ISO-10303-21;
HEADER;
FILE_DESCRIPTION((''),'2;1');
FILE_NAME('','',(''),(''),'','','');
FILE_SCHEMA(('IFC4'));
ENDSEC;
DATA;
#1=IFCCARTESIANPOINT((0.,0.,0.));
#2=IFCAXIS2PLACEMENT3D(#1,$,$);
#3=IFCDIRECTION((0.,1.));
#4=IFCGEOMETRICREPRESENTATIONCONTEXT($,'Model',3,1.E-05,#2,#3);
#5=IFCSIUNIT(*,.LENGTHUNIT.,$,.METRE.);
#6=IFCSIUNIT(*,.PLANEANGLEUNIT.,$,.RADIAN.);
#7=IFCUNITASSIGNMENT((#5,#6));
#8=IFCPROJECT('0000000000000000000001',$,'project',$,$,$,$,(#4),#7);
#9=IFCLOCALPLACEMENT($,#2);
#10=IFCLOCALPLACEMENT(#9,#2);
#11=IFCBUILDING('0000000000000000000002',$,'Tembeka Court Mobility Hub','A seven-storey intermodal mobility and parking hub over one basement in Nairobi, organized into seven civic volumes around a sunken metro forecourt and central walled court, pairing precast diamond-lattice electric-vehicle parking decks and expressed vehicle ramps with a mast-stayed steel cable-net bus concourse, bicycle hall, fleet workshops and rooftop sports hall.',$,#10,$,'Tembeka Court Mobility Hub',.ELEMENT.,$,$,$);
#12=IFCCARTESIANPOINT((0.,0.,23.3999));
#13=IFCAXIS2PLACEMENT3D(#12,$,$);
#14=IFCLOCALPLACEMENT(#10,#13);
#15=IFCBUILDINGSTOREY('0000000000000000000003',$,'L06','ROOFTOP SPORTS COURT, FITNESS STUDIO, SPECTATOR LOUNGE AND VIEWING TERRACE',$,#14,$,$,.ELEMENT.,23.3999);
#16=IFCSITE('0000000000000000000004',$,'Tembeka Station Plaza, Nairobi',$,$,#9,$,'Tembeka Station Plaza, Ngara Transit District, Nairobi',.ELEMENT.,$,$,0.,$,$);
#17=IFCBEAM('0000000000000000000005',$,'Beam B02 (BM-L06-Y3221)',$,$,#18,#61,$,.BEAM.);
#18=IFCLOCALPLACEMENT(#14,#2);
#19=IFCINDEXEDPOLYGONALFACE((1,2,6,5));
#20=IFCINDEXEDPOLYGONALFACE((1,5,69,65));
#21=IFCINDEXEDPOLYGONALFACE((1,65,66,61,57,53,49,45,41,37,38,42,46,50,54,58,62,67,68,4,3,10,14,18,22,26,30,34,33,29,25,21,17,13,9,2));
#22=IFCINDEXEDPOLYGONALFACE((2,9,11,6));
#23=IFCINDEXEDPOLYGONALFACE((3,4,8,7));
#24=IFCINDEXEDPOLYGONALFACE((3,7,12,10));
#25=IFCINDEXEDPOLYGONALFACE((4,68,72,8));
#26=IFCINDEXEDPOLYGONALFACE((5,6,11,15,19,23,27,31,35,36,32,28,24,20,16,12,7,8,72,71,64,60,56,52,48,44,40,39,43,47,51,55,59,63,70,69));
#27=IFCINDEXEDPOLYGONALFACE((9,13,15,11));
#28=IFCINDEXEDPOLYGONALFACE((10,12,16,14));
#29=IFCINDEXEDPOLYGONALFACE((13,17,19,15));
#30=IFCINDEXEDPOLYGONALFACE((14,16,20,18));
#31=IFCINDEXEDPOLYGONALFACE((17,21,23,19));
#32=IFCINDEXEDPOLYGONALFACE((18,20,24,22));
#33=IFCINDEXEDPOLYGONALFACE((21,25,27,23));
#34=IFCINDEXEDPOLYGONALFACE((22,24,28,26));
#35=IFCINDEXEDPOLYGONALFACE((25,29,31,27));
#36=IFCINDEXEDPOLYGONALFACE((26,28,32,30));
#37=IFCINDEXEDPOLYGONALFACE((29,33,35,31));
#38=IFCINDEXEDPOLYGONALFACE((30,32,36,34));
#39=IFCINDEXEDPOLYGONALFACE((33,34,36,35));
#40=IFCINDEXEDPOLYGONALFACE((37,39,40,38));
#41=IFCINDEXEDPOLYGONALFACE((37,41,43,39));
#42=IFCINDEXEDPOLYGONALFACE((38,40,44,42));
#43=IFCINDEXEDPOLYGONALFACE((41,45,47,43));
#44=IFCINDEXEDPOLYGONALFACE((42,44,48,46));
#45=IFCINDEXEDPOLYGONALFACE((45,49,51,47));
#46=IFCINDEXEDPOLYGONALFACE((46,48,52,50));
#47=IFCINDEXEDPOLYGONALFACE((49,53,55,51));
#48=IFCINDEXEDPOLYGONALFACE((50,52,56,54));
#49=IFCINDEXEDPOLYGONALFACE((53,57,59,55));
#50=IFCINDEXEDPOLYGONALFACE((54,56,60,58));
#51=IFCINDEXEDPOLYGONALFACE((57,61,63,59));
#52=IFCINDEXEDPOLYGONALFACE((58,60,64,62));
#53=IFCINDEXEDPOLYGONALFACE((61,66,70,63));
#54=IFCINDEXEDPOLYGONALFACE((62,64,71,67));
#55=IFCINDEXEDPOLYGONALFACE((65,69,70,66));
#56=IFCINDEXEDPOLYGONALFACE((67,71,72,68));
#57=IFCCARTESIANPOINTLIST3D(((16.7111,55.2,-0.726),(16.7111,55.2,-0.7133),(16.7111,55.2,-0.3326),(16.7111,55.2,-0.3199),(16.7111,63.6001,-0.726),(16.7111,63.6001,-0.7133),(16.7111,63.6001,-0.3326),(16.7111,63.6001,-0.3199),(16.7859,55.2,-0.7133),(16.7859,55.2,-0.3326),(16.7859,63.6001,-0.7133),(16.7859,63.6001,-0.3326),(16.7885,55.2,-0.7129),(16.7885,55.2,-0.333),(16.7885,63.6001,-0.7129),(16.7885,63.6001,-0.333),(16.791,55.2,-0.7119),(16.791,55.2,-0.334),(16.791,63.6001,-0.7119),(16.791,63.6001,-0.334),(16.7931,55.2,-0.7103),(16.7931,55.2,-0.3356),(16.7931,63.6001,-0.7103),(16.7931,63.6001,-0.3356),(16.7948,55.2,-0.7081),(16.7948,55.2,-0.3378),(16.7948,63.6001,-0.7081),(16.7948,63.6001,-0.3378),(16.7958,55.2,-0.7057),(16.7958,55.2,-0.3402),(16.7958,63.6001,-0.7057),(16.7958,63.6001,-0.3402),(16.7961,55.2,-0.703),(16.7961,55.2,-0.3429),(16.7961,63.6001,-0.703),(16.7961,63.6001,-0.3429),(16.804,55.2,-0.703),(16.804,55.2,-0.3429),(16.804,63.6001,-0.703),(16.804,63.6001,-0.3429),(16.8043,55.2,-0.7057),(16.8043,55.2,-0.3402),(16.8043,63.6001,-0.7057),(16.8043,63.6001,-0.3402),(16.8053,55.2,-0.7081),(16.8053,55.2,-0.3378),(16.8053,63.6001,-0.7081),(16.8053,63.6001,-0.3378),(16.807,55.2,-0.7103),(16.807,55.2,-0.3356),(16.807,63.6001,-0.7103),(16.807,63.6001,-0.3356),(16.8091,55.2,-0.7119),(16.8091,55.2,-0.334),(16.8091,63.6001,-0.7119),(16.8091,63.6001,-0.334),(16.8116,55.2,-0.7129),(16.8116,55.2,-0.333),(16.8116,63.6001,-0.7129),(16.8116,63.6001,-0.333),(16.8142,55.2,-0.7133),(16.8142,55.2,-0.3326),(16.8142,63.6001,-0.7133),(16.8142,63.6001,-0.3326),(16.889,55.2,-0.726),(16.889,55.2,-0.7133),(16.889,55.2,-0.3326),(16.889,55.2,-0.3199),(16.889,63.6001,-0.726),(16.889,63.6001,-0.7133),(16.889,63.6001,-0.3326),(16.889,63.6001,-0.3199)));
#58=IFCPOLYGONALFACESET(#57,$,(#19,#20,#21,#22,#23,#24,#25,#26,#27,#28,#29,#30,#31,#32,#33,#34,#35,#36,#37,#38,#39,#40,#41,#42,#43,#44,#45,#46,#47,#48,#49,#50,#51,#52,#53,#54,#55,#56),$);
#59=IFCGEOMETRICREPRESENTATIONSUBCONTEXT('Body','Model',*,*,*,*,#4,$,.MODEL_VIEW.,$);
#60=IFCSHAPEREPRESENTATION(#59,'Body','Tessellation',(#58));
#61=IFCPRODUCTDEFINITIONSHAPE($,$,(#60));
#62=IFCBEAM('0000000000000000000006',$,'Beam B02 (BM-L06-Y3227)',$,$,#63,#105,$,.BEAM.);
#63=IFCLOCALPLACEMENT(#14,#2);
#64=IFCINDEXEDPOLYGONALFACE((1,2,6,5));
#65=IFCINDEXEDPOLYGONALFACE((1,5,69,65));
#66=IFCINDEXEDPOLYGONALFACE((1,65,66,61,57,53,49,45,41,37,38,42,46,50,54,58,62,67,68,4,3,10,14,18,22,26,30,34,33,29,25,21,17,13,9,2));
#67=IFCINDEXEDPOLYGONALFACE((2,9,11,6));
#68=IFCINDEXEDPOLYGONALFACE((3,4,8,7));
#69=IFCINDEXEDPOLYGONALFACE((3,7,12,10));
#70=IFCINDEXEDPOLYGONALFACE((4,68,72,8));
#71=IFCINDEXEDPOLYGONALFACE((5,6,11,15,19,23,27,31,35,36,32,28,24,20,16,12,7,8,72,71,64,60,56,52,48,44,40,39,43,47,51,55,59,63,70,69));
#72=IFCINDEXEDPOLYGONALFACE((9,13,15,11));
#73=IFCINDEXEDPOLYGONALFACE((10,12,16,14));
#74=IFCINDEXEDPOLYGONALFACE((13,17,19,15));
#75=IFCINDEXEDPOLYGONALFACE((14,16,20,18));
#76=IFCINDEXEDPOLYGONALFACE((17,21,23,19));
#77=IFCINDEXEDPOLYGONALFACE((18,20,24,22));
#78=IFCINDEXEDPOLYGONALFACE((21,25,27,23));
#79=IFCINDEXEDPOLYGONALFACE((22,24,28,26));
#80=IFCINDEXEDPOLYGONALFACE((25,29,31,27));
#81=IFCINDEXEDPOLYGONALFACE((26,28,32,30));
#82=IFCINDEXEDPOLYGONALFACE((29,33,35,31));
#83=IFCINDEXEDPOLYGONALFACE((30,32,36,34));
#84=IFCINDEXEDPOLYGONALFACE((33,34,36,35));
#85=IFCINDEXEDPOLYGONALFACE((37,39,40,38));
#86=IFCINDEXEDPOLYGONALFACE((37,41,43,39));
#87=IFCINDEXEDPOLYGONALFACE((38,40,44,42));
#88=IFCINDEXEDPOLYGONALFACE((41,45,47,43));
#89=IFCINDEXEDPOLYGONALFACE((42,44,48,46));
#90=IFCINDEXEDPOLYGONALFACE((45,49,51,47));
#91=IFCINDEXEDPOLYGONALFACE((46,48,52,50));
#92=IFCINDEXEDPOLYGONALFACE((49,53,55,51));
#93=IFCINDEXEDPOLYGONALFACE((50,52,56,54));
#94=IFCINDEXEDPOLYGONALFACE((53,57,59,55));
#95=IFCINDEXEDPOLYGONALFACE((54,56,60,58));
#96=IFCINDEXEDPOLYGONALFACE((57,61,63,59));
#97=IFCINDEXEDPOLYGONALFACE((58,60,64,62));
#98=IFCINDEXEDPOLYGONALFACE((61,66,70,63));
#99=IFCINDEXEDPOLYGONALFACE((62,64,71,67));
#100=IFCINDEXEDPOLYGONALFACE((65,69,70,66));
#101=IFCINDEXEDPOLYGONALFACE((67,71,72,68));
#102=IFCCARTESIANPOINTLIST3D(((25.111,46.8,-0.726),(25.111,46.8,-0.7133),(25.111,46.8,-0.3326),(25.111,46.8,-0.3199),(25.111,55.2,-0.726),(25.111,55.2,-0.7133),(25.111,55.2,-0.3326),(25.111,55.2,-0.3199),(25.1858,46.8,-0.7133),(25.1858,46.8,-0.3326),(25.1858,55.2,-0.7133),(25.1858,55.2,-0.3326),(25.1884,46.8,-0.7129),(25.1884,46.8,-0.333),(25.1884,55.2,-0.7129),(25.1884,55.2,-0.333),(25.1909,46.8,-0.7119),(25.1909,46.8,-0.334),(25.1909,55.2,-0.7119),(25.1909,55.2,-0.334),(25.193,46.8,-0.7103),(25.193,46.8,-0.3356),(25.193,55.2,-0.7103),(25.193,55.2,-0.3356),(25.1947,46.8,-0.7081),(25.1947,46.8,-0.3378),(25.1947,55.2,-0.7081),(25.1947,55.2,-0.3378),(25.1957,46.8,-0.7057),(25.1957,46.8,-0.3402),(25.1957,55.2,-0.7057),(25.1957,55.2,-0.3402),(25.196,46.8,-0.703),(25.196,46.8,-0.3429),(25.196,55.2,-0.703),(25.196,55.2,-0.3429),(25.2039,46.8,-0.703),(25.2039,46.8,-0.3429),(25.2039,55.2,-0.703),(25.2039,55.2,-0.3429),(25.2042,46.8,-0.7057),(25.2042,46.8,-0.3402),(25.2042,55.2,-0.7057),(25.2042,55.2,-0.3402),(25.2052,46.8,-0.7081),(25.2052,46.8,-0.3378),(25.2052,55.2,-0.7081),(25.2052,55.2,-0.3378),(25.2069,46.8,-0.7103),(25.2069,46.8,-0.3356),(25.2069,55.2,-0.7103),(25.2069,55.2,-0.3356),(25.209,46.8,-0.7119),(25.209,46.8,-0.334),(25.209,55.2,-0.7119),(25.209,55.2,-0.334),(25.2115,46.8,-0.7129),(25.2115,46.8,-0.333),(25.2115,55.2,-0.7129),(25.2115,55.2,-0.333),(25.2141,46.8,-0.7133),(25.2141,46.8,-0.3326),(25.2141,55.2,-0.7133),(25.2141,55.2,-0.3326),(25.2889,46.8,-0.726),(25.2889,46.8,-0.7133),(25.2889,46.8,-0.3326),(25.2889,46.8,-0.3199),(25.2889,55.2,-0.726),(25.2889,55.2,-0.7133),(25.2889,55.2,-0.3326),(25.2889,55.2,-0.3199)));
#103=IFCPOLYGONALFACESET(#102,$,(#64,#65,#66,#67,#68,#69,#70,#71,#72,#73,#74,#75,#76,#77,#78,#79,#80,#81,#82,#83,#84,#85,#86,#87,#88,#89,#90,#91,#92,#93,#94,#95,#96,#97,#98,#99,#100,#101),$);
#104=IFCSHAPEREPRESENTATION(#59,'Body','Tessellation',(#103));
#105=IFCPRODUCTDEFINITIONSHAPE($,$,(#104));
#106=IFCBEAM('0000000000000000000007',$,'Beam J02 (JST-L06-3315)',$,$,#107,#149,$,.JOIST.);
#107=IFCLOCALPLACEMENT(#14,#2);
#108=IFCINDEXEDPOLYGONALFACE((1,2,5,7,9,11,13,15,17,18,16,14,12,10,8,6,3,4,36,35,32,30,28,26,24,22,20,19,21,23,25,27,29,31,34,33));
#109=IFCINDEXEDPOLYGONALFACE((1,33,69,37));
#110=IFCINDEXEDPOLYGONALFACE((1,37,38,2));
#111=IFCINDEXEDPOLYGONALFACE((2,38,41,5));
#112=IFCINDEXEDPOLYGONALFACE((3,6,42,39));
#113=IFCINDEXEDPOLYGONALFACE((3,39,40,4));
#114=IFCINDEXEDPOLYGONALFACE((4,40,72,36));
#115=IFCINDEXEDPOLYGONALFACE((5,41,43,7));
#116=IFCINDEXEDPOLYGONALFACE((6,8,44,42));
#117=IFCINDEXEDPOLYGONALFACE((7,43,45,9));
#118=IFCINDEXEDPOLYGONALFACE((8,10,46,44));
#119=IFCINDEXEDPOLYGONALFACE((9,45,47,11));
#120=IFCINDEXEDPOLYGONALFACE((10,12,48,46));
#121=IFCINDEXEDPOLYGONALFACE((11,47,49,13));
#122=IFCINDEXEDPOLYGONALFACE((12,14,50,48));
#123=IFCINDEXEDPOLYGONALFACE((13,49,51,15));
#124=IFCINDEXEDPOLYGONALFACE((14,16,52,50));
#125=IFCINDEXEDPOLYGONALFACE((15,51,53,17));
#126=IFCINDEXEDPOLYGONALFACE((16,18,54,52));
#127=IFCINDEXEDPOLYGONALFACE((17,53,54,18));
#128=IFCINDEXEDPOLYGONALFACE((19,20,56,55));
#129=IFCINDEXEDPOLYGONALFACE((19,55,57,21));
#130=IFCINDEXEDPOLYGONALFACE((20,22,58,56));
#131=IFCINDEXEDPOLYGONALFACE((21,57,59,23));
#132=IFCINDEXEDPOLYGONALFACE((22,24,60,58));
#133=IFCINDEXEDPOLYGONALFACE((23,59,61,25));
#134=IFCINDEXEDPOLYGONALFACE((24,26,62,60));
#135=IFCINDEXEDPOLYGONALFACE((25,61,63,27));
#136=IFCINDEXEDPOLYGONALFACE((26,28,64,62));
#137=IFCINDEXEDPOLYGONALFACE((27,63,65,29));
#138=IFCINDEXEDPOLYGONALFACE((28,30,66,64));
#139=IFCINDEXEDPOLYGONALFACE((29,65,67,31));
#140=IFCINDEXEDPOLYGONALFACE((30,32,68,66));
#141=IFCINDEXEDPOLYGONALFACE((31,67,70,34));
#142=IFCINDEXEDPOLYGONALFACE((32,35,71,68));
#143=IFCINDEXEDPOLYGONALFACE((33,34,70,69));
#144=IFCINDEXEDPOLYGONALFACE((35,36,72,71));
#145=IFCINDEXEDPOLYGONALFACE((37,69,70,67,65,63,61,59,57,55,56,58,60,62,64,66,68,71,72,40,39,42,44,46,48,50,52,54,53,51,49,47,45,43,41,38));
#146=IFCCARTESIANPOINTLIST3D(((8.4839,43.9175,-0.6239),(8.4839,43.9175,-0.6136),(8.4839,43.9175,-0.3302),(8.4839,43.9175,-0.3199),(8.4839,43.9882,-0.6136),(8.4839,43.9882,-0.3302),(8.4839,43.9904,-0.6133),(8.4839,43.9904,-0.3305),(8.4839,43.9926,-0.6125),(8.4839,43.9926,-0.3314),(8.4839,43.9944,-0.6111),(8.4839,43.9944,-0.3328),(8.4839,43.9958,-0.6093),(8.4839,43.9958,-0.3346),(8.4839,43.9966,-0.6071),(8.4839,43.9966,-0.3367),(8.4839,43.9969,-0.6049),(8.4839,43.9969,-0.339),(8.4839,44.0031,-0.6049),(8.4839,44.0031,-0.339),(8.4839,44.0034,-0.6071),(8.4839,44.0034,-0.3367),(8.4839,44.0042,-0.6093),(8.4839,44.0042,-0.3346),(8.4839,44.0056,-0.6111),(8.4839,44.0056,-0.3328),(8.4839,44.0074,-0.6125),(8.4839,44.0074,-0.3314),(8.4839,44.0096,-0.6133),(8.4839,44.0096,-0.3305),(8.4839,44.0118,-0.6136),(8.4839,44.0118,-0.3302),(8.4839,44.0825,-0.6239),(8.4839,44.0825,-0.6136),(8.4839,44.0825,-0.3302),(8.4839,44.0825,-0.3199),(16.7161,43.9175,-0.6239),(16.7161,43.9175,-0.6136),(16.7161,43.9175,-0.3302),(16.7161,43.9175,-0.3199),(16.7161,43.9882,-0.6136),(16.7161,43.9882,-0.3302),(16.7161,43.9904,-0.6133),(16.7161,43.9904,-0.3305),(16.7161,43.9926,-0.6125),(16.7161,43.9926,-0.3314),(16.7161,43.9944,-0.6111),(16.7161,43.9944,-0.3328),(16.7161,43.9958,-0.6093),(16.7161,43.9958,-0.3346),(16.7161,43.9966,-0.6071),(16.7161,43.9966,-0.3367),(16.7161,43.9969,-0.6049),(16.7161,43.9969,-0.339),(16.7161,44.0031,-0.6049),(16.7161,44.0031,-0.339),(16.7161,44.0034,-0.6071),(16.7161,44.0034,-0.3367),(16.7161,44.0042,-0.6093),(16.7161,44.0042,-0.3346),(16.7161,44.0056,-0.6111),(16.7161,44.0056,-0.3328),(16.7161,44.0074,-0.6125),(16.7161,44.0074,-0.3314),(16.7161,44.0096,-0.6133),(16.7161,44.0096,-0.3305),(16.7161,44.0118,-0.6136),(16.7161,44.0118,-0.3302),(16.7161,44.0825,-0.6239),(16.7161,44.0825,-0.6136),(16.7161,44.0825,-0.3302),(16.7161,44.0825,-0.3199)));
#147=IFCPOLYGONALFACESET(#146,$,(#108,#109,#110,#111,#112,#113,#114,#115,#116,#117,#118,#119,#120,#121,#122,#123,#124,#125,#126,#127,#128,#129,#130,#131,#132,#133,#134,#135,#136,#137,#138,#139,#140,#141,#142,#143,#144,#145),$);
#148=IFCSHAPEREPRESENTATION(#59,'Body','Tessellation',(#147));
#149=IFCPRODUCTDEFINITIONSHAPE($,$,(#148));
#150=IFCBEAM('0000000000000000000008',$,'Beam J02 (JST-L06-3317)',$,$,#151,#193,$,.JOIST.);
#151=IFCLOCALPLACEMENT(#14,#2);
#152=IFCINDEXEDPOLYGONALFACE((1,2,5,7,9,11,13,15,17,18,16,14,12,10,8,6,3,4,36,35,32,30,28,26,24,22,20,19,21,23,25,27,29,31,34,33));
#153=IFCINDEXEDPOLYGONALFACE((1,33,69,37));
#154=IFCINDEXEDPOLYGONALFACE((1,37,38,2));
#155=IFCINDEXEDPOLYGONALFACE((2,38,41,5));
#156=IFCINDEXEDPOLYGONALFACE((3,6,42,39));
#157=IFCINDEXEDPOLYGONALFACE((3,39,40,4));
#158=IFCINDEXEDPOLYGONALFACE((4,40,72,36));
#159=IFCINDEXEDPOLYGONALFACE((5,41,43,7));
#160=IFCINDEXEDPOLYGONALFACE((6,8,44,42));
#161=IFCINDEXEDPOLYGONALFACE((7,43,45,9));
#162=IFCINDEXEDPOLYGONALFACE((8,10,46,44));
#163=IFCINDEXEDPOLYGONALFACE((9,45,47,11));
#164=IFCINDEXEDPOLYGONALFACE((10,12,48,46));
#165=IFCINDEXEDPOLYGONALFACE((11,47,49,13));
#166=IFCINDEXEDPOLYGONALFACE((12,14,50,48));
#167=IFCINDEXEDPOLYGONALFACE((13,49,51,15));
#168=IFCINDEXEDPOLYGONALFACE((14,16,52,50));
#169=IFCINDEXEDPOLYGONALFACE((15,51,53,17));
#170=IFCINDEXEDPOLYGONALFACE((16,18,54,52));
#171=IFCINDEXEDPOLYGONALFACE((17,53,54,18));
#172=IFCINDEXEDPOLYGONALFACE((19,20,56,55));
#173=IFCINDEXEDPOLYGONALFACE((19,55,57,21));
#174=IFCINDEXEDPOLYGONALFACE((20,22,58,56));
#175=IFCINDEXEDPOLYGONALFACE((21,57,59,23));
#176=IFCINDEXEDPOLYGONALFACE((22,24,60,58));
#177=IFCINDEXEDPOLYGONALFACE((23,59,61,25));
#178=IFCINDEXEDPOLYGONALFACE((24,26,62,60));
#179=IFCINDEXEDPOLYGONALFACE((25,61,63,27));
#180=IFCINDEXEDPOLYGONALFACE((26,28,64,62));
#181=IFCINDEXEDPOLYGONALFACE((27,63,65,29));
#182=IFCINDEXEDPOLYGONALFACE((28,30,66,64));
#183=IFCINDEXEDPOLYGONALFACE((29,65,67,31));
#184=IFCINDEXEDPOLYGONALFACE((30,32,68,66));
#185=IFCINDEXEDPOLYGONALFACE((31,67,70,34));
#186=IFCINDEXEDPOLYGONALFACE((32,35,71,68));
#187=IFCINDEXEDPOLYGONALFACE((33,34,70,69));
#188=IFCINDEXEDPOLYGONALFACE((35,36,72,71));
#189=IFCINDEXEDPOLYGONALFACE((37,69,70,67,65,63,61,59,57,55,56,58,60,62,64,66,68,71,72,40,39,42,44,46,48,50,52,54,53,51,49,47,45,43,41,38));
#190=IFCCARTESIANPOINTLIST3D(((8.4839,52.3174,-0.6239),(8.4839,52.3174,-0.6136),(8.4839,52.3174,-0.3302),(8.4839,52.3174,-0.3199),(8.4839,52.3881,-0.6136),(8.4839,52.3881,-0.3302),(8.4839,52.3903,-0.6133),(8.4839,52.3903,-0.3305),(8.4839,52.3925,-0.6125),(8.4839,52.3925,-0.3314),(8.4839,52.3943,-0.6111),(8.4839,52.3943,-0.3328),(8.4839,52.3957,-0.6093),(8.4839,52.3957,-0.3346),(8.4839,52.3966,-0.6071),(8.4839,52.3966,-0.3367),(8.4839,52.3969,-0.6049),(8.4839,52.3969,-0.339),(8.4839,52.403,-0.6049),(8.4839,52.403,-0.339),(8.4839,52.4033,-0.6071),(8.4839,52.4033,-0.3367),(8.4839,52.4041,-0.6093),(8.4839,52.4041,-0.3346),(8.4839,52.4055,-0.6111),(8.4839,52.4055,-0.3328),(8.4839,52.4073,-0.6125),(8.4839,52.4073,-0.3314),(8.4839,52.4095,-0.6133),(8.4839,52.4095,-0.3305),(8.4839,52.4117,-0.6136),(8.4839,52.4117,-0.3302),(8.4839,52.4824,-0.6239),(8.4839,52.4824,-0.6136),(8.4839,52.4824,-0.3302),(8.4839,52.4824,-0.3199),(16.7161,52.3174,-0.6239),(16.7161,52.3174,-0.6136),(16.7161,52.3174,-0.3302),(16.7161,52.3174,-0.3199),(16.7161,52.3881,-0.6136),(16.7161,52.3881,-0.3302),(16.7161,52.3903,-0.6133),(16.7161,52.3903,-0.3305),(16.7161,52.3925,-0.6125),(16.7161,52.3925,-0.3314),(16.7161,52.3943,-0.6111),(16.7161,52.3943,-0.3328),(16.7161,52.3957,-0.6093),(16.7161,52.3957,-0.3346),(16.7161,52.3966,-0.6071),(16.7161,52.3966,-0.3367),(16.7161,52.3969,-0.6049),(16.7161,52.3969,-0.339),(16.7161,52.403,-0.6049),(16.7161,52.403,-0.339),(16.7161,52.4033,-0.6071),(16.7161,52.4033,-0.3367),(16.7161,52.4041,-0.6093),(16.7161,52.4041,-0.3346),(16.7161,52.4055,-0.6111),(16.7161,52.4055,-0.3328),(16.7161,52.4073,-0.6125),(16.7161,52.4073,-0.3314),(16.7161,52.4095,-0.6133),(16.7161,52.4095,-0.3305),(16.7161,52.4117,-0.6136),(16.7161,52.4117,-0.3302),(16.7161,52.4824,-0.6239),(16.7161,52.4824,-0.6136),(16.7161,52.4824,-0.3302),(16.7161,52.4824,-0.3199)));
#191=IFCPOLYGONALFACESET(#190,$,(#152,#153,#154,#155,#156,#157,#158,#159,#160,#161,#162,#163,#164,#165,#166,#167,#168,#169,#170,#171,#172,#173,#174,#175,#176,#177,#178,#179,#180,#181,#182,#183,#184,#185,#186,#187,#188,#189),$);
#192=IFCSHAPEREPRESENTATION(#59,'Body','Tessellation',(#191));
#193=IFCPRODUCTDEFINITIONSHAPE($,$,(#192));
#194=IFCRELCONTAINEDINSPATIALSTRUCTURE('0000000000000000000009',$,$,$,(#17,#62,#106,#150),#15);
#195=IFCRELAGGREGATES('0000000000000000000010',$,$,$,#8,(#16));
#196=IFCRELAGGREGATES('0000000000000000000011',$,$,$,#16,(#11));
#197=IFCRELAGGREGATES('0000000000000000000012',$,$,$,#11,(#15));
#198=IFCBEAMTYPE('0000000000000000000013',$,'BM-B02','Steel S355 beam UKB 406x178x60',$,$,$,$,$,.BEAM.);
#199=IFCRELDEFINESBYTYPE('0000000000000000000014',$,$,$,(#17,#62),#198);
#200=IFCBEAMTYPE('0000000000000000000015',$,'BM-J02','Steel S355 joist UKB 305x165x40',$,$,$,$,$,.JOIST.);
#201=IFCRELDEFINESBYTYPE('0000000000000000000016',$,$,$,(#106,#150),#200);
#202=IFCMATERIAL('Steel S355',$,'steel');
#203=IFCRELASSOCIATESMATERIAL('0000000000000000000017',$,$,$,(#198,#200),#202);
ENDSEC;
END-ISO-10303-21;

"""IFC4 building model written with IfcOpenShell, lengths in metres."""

from ifc_helpers import new_model, si_unit, direction, frame, origin, origin_2d, place, context, subcontext, project, spatial, i_section, extrude, material, material_profile, profile_set, type_object, element, save


model = new_model("IFC4")

# Units and contexts
model_context = context("Model", 3, precision=1e-05, world=origin(), true_north=direction((0.0, 1.0)))
body_context = subcontext(model_context, "Body", "Model", "MODEL_VIEW")
ifc_project = project(units=[si_unit("LENGTHUNIT", "METRE"), si_unit("PLANEANGLEUNIT", "RADIAN")], contexts=[model_context])

# Site, building, storey
site_placement = place(None, origin())
site = spatial("IfcSite", under=ifc_project, at=site_placement, Name="Tembeka Station Plaza, Nairobi", LongName="Tembeka Station Plaza, Ngara Transit District, Nairobi", CompositionType="ELEMENT", RefElevation=0.0)
building_placement = place(site_placement, origin())
building = spatial("IfcBuilding", under=site, at=building_placement, Name="Tembeka Court Mobility Hub", Description="A seven-storey intermodal mobility and parking hub over one basement in Nairobi, organized into seven civic volumes around a sunken metro forecourt and central walled court, pairing precast diamond-lattice electric-vehicle parking decks and expressed vehicle ramps with a mast-stayed steel cable-net bus concourse, bicycle hall, fleet workshops and rooftop sports hall.", LongName="Tembeka Court Mobility Hub", CompositionType="ELEMENT")
storey_placement = place(building_placement, frame((0.0, 0.0, 23.3999)))
storey = spatial("IfcBuildingStorey", under=building, at=storey_placement, Name="L06", Description="ROOFTOP SPORTS COURT, FITNESS STUDIO, SPECTATOR LOUNGE AND VIEWING TERRACE", CompositionType="ELEMENT", Elevation=23.3999)

# Shared definitions
ifc_material = material(Name="Steel S355", Category="steel")

# Beams
ifc_material_profile_1 = material_profile(ifc_material, i_section(OverallWidth=0.178, OverallDepth=0.406, WebThickness=0.0078, FlangeThickness=0.0127, FilletRadius=0.0103, at=origin_2d()), Name="UKB 406x178x60")
ifc_profile_set_1 = profile_set([ifc_material_profile_1], Name="Steel S355")
beam_type_1 = type_object("IfcBeamType", Name="BM-B02", Description="Steel S355 beam UKB 406x178x60", PredefinedType="BEAM", material=ifc_profile_set_1)
beam_1_placement = place(storey_placement, frame((16.8, 55.2, -0.5229), z_axis=(0.0, 1.0, 0.0), x_axis=(-1.0, 0.0, 0.0)))
element("IfcBeam", 1, at=beam_1_placement, inside=storey, type_object=beam_type_1, Name="Beam B02 (BM-L06-Y3221)", PredefinedType="BEAM", context=body_context, shape_type="SweptSolid", body=[
    extrude(i_section(OverallWidth=0.178, OverallDepth=0.406, WebThickness=0.0078, FlangeThickness=0.0127, FilletRadius=0.0103, at=origin_2d()), origin(), (0.0, 0.0, 1.0), 8.4001),
])
beam_2_placement = place(storey_placement, frame((25.2, 46.8, -0.5229), z_axis=(0.0, 1.0, 0.0), x_axis=(-1.0, 0.0, 0.0)))
element("IfcBeam", 2, at=beam_2_placement, inside=storey, type_object=beam_type_1, Name="Beam B02 (BM-L06-Y3227)", PredefinedType="BEAM", context=body_context, shape_type="SweptSolid", body=[
    extrude(i_section(OverallWidth=0.178, OverallDepth=0.406, WebThickness=0.0078, FlangeThickness=0.0127, FilletRadius=0.0103, at=origin_2d()), origin(), (0.0, 0.0, 1.0), 8.3999),
])
ifc_material_profile_2 = material_profile(ifc_material, i_section(OverallWidth=0.165, OverallDepth=0.304, WebThickness=0.0061, FlangeThickness=0.0103, FilletRadius=0.0088, at=origin_2d()), Name="UKB 305x165x40")
ifc_profile_set_2 = profile_set([ifc_material_profile_2], Name="Steel S355")
beam_type_2 = type_object("IfcBeamType", Name="BM-J02", Description="Steel S355 joist UKB 305x165x40", PredefinedType="JOIST", material=ifc_profile_set_2)
for number, where, z_axis, x_axis, name in (
    (3, (8.4839, 44.0, -0.4719), (1.0, 0.0, 0.0), (0.0, 1.0, 0.0), "Beam J02 (JST-L06-3315)"),
    (4, (8.4839, 52.3999, -0.4719), (1.0, 0.0, 0.0), (0.0, 1.0, 0.0), "Beam J02 (JST-L06-3317)"),
):
    element("IfcBeam", number, at=place(storey_placement, frame(where, z_axis=z_axis, x_axis=x_axis)), inside=storey, type_object=beam_type_2, Name=name, PredefinedType="JOIST", context=body_context, shape_type="SweptSolid", body=[
        extrude(i_section(OverallWidth=0.165, OverallDepth=0.304, WebThickness=0.0061, FlangeThickness=0.0103, FilletRadius=0.0088, at=origin_2d()), origin(), (0.0, 0.0, 1.0), 8.2322),
    ])

save(model, "model.ifc")
